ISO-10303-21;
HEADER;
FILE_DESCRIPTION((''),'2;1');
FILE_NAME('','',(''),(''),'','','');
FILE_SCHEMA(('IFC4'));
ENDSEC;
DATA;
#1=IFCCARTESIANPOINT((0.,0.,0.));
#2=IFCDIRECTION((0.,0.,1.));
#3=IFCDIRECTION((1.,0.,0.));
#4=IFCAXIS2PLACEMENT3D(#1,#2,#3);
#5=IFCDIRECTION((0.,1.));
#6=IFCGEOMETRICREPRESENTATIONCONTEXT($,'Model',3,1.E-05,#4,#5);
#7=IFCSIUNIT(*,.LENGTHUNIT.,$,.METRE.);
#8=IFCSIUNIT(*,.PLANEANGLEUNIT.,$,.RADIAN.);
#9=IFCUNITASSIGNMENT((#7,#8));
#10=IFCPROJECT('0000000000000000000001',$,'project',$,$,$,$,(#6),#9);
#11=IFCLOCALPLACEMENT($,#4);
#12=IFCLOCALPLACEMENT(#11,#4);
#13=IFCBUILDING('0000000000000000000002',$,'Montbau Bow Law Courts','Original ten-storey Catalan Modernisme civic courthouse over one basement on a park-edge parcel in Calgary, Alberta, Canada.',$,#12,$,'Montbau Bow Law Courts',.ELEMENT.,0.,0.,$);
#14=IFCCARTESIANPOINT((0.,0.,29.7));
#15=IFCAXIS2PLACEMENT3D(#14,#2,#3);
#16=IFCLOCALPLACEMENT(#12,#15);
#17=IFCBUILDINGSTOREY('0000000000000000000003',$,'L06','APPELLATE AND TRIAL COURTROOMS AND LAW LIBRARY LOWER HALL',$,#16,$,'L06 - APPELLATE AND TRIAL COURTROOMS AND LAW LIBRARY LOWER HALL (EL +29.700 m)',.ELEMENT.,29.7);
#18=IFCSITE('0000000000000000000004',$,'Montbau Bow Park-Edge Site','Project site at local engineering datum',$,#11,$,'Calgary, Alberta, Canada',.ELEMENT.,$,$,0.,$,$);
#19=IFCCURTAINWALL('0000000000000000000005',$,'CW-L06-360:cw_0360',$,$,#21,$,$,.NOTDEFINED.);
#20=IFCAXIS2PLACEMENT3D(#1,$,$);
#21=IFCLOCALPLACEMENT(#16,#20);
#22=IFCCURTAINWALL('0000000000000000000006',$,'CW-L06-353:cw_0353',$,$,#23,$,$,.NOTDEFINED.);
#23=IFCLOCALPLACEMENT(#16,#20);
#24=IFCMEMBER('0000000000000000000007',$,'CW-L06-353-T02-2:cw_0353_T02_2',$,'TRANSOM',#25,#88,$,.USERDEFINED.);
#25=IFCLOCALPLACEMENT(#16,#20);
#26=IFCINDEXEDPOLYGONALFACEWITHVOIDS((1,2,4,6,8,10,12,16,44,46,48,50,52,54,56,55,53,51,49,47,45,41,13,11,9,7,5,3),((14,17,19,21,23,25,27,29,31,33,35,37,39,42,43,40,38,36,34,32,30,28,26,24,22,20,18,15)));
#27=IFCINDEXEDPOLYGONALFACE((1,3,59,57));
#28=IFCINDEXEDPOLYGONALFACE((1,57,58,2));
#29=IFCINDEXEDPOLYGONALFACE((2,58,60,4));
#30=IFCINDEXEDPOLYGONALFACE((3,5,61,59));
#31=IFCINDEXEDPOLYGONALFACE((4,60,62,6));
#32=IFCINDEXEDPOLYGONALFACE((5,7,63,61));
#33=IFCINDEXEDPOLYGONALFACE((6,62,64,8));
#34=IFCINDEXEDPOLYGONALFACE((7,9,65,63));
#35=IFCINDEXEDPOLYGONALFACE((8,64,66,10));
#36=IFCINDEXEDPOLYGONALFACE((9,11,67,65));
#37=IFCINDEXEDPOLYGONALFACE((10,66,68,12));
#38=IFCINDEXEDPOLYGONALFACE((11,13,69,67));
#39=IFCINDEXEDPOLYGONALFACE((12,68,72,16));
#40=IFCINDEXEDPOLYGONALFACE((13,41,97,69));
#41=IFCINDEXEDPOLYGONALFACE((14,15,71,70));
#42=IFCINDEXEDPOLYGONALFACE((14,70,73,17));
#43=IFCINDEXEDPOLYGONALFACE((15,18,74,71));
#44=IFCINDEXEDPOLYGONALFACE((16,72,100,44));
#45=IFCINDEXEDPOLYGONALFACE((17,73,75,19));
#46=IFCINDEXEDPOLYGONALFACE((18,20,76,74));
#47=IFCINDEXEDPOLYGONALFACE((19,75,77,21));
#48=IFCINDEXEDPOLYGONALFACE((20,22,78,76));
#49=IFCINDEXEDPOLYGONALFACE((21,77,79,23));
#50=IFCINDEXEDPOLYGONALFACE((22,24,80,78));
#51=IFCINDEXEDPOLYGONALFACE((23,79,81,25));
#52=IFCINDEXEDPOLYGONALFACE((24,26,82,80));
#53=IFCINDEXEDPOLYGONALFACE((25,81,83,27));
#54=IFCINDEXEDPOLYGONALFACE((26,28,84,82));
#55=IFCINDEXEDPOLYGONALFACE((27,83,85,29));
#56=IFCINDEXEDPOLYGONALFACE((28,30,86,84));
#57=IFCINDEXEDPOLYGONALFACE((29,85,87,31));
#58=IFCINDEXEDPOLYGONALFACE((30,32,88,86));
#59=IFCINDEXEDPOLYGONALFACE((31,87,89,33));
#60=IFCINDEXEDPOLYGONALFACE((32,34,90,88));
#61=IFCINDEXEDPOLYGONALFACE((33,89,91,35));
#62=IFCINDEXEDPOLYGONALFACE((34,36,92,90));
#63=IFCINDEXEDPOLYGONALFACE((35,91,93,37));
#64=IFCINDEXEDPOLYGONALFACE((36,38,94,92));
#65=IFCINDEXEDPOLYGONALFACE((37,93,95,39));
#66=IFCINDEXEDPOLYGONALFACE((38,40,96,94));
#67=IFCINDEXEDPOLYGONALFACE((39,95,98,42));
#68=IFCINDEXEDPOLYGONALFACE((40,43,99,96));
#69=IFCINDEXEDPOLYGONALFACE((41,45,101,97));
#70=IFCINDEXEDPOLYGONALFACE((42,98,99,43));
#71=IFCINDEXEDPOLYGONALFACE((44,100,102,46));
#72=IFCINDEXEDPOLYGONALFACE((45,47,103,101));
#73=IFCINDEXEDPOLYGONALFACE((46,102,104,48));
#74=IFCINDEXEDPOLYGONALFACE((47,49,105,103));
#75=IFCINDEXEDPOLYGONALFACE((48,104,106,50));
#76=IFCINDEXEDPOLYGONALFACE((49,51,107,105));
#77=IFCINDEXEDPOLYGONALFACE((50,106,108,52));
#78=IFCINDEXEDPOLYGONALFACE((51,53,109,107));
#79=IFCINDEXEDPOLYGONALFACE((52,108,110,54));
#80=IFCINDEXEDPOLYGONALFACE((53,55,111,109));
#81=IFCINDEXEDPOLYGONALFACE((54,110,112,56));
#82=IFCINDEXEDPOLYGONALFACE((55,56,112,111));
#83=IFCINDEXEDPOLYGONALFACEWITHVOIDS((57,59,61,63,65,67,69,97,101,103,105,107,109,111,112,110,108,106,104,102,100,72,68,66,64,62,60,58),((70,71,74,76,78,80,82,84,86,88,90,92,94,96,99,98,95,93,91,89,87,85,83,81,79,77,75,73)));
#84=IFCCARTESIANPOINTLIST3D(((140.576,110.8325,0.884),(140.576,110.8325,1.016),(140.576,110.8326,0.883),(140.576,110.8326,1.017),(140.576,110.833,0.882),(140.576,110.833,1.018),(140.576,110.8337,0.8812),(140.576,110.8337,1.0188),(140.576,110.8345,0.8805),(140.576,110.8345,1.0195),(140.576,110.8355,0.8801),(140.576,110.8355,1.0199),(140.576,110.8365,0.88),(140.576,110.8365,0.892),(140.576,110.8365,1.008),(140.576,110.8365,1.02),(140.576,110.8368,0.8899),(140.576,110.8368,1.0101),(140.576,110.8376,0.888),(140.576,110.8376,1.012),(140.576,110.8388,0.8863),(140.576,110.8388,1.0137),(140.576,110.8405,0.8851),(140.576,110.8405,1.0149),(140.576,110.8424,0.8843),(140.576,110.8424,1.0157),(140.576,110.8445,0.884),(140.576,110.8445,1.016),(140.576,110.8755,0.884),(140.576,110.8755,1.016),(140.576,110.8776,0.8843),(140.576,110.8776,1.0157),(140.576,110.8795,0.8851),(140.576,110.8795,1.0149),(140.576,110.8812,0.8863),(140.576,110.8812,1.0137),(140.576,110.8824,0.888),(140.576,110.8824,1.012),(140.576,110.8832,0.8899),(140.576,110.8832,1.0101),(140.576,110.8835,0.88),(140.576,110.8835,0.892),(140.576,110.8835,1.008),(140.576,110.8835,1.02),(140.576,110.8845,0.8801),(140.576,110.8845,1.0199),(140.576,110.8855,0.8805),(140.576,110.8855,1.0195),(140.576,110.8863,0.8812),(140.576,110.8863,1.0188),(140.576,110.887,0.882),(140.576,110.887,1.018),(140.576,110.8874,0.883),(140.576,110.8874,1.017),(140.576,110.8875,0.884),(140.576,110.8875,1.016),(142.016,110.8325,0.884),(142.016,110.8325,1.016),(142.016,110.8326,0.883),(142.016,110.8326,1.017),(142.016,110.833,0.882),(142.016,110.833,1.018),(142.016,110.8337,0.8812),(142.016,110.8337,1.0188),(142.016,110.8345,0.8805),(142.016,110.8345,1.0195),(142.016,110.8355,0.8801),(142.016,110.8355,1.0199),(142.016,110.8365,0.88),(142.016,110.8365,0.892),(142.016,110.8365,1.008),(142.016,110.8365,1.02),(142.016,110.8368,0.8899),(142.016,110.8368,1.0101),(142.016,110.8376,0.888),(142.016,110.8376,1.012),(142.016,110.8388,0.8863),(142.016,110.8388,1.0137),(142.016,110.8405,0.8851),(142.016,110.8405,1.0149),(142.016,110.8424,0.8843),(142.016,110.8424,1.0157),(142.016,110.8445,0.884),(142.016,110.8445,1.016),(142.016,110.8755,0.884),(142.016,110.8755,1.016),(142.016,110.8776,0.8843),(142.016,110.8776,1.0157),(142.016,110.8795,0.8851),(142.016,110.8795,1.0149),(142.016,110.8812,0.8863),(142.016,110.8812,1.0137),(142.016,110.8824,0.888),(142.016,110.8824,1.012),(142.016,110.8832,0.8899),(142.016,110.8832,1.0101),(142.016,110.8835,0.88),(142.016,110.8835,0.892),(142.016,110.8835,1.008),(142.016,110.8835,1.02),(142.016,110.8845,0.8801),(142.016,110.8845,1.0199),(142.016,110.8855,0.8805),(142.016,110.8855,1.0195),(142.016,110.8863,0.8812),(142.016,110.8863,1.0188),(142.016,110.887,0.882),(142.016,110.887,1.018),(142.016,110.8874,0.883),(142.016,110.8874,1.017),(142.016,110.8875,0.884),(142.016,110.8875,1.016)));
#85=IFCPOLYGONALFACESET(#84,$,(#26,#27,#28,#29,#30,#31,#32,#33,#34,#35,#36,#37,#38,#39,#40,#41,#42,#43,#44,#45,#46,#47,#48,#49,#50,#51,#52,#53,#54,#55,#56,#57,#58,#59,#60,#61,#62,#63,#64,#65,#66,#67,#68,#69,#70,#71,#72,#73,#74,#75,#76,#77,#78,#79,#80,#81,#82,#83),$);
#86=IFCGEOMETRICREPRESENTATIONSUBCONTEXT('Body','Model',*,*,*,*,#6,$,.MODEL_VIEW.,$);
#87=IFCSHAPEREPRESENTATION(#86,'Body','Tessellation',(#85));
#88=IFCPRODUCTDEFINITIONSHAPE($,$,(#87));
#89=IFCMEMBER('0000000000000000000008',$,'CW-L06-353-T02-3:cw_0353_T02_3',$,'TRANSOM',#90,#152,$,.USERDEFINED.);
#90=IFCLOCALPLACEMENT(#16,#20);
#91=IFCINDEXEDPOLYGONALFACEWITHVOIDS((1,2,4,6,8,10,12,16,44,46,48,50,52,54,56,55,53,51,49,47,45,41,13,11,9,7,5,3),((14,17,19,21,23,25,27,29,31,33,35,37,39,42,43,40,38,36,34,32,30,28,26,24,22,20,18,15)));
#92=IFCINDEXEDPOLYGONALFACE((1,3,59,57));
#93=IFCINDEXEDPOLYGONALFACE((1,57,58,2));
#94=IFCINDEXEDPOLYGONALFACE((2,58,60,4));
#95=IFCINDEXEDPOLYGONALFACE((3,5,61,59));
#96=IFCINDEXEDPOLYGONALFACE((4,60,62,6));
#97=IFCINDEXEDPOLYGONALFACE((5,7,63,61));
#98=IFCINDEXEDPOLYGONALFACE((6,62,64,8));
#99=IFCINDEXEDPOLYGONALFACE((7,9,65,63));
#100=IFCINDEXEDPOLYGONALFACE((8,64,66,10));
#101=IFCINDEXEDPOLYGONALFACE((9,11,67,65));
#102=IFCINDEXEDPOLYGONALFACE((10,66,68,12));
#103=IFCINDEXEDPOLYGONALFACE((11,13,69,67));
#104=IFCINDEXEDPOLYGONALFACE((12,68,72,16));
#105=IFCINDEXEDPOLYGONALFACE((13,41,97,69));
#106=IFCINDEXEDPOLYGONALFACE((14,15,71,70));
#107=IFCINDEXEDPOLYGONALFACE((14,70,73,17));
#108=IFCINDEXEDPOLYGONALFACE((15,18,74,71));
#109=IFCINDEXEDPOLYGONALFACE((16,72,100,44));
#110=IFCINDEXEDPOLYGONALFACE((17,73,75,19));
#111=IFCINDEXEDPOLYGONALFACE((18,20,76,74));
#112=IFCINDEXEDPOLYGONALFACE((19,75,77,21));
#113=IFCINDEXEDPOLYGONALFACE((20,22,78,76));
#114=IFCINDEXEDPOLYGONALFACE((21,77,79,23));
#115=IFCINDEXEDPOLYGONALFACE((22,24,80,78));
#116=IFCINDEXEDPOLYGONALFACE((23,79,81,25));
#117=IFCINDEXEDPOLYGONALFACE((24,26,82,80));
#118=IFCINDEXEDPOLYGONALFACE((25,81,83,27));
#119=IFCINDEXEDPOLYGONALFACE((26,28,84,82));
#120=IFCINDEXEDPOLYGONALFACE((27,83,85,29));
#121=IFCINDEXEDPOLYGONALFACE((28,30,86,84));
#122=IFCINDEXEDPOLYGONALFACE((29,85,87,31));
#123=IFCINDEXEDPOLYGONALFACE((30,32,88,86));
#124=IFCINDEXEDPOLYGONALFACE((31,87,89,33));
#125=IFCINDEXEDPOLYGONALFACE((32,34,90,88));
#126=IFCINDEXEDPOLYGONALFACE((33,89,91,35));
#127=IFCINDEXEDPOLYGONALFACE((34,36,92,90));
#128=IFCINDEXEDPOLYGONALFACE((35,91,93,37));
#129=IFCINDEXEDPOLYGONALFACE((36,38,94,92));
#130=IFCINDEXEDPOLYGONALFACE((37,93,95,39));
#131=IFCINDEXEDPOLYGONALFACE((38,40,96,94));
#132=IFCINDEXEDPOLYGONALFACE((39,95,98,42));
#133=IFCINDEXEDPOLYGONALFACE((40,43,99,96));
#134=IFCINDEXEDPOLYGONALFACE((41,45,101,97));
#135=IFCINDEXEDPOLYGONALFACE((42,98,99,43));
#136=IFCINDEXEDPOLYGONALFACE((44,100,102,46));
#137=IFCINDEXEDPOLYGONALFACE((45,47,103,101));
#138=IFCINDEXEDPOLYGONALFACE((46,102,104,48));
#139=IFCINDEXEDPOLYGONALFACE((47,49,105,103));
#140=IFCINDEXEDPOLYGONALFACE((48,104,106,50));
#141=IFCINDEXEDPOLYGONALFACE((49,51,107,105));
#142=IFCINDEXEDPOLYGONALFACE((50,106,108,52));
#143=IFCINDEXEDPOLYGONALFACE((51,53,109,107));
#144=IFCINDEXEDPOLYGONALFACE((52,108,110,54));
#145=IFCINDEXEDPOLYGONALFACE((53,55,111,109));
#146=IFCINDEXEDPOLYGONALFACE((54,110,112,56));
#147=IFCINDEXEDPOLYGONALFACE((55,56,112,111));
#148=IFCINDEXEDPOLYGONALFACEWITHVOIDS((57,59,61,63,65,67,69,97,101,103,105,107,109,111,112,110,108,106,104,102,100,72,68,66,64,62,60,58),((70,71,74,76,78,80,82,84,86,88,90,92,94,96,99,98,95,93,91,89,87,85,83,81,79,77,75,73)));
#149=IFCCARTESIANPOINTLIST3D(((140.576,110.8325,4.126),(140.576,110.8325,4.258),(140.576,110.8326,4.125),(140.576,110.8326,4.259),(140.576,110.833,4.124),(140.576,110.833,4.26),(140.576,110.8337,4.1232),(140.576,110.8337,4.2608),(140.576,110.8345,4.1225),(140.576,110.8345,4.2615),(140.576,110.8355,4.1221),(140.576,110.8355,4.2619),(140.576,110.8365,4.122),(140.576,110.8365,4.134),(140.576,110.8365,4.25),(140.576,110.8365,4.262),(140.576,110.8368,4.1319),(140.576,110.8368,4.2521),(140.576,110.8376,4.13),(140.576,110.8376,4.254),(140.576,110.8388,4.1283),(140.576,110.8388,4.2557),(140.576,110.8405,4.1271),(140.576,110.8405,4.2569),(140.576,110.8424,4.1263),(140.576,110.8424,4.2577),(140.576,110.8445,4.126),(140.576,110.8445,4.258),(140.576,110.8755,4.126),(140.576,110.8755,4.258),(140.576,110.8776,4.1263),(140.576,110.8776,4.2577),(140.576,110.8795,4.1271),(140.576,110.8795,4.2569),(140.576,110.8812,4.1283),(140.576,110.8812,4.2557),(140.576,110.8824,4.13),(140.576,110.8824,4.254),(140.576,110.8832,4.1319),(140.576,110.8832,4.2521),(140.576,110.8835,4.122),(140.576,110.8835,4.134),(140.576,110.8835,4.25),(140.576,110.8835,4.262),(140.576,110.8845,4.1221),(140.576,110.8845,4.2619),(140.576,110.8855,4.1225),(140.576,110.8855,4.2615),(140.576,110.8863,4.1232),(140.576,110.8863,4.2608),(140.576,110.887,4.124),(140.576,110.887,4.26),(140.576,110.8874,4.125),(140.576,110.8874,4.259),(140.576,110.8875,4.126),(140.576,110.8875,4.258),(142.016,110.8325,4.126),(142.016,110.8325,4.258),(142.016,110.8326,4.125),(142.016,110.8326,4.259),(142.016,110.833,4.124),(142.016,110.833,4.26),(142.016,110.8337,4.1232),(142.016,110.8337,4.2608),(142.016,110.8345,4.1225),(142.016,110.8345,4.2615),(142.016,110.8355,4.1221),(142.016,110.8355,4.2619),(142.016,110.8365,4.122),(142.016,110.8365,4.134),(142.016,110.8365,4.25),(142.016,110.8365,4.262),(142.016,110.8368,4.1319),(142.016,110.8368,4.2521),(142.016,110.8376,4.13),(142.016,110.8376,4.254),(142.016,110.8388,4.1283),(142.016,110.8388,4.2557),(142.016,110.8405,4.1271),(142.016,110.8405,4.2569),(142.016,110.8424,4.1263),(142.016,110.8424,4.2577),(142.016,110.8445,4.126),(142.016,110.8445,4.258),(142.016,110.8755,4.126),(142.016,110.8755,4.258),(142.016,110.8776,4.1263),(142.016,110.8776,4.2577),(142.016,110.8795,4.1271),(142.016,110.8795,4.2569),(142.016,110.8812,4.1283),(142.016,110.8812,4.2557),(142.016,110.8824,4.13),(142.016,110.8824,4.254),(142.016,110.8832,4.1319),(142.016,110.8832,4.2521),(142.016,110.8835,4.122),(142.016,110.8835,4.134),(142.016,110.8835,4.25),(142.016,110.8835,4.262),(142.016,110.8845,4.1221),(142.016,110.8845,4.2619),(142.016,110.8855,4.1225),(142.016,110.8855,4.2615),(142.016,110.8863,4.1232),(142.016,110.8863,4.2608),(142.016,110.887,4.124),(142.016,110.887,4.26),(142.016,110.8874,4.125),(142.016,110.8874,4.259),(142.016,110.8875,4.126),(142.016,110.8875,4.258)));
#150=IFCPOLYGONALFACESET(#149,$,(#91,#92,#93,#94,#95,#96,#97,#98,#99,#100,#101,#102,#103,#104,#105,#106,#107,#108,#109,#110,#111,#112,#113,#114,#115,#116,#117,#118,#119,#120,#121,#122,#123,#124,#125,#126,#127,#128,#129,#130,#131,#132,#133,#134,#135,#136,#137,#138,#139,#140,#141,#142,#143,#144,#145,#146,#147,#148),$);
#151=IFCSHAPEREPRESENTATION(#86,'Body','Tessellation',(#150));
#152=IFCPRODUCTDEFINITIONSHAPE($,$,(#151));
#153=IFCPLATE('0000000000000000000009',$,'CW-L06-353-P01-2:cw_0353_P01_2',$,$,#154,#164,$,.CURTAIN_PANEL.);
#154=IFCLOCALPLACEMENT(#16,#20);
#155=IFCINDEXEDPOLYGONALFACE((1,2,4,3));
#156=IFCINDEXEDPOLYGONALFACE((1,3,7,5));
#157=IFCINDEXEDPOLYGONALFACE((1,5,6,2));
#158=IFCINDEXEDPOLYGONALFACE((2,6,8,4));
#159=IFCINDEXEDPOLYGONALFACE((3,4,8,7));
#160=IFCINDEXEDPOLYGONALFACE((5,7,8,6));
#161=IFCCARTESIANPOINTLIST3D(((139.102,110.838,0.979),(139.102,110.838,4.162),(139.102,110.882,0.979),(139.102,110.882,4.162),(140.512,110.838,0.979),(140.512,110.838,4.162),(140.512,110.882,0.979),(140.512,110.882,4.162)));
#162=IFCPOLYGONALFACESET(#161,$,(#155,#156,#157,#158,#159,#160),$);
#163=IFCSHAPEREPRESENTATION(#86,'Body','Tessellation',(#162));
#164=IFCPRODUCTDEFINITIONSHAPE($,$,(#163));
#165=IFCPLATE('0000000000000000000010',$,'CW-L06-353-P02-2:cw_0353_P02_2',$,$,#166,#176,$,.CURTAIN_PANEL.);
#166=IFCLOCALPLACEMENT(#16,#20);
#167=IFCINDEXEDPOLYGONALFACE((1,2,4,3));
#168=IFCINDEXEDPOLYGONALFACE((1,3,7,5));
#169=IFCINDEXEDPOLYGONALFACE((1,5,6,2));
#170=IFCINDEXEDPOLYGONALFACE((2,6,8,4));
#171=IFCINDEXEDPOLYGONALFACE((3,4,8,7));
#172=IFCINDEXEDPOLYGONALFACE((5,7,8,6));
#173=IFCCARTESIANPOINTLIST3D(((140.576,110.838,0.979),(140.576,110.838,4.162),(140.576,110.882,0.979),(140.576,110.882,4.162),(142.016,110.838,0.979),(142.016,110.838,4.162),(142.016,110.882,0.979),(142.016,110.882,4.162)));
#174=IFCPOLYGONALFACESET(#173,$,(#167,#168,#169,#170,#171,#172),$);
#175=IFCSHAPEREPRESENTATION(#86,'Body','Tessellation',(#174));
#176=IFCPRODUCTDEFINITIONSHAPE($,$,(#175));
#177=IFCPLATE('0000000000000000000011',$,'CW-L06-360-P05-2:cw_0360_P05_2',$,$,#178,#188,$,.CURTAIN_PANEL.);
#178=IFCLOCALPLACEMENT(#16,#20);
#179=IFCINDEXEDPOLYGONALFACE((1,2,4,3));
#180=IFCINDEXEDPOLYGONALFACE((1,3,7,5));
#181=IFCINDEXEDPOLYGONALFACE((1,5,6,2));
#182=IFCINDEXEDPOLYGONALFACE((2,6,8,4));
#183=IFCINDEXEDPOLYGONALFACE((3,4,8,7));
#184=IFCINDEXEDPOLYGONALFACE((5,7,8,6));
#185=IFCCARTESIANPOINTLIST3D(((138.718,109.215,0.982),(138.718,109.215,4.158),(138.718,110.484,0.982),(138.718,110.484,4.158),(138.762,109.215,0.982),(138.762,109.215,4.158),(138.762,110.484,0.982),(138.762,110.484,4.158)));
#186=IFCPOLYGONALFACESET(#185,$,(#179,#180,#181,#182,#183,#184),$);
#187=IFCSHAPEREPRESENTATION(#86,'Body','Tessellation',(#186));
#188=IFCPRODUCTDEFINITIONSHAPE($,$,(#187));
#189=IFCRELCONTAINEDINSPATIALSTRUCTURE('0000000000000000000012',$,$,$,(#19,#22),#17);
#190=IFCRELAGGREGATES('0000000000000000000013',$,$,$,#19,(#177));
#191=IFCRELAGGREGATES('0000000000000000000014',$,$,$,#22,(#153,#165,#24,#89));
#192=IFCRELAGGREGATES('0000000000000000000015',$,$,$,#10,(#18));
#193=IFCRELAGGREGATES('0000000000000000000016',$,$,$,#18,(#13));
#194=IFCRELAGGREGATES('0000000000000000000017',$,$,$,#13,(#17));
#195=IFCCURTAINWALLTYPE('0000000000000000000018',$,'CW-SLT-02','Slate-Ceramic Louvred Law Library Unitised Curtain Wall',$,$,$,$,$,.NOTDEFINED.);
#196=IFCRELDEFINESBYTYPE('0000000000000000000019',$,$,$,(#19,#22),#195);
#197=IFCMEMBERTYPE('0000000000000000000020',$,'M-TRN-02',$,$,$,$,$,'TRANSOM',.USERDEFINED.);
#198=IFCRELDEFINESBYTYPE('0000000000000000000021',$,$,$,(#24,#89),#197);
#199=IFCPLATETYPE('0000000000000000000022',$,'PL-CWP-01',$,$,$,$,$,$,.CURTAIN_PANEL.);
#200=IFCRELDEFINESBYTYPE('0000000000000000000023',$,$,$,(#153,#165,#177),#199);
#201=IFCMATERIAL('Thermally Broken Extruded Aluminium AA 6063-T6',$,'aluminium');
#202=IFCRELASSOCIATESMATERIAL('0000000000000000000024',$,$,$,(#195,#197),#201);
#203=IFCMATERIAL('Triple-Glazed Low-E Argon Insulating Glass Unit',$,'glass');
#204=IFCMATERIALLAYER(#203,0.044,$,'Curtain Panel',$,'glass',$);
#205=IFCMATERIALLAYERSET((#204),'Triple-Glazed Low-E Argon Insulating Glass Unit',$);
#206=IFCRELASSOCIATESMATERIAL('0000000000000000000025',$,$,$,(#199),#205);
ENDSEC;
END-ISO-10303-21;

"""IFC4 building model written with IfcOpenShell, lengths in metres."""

from ifc_helpers import new_model, si_unit, direction, frame, frame_2d, origin_with_axes, origin_2d_with_axis, place, context, subcontext, project, spatial, rectangle, hollow_rectangle, extrude, material, layer, layer_set, material_profile, profile_set, type_object, element, aggregate, save


model = new_model("IFC4")

# Units and contexts
model_context = context("Model", 3, precision=1e-05, world=origin_with_axes(), true_north=direction((0.0, 1.0)))
body_context = subcontext(model_context, "Body", "Model", "MODEL_VIEW")
ifc_project = project(units=[si_unit("LENGTHUNIT", "METRE"), si_unit("PLANEANGLEUNIT", "RADIAN")], contexts=[model_context])

# Site, building, storey
site_placement = place(None, origin_with_axes())
site = spatial("IfcSite", under=ifc_project, at=site_placement, Name="Montbau Bow Park-Edge Site", Description="Project site at local engineering datum", LongName="Calgary, Alberta, Canada", CompositionType="ELEMENT", RefElevation=0.0)
building_placement = place(site_placement, origin_with_axes())
building = spatial("IfcBuilding", under=site, at=building_placement, Name="Montbau Bow Law Courts", Description="Original ten-storey Catalan Modernisme civic courthouse over one basement on a park-edge parcel in Calgary, Alberta, Canada.", LongName="Montbau Bow Law Courts", CompositionType="ELEMENT", ElevationOfRefHeight=0.0, ElevationOfTerrain=0.0)
storey_placement = place(building_placement, frame((0.0, 0.0, 29.7), z_axis=(0.0, 0.0, 1.0), x_axis=(1.0, 0.0, 0.0)))
storey = spatial("IfcBuildingStorey", under=building, at=storey_placement, Name="L06", Description="APPELLATE AND TRIAL COURTROOMS AND LAW LIBRARY LOWER HALL", LongName="L06 - APPELLATE AND TRIAL COURTROOMS AND LAW LIBRARY LOWER HALL (EL +29.700 m)", CompositionType="ELEMENT", Elevation=29.7)

# Curtain wall
ifc_material_1 = material(Name="Thermally Broken Extruded Aluminium AA 6063-T6", Category="aluminium")
curtain_wall_type = type_object("IfcCurtainWallType", Name="CW-SLT-02", Description="Slate-Ceramic Louvred Law Library Unitised Curtain Wall", PredefinedType="NOTDEFINED", material=ifc_material_1)
curtain_wall_1_placement = place(None, frame((138.74, 103.64, 29.7), z_axis=(0.0, 0.0, 1.0), x_axis=(1.0, 0.0, 0.0)))
curtain_wall_1 = element("IfcCurtainWall", 1, at=curtain_wall_1_placement, inside=storey, type_object=curtain_wall_type, Name="CW-L06-360:cw_0360", PredefinedType="NOTDEFINED")

# Curtain wall
curtain_wall_2_placement = place(None, frame((139.04, 110.86, 29.7), z_axis=(0.0, 0.0, 1.0), x_axis=(1.0, 0.0, 0.0)))
curtain_wall_2 = element("IfcCurtainWall", 2, at=curtain_wall_2_placement, inside=storey, type_object=curtain_wall_type, Name="CW-L06-353:cw_0353", PredefinedType="NOTDEFINED")

# Members
ifc_material_profile_1 = material_profile(ifc_material_1, hollow_rectangle(XDim=0.055, YDim=0.14, WallThickness=0.004, InnerFilletRadius=0.008, OuterFilletRadius=0.004, at=origin_2d_with_axis()), Name="CWT-140X55", Category="Main", Priority=0)
ifc_profile_set_1 = profile_set([ifc_material_profile_1], Name="Thermally Broken Extruded Aluminium AA 6063-T6")
member_type_1 = type_object("IfcMemberType", Name="M-TRN-02", ElementType="TRANSOM", PredefinedType="USERDEFINED", material=ifc_profile_set_1)
member_1_placement = place(None, frame((140.576, 110.86, 30.65), z_axis=(1.0, 0.0, 0.0), x_axis=(0.0, 1.0, 0.0)))
member_1 = element("IfcMember", 3, at=member_1_placement, type_object=member_type_1, Name="CW-L06-353-T02-2:cw_0353_T02_2", ObjectType="TRANSOM", PredefinedType="USERDEFINED", context=body_context, shape_type="SweptSolid", body=[
    extrude(hollow_rectangle(XDim=0.055, YDim=0.14, WallThickness=0.004, InnerFilletRadius=0.008, OuterFilletRadius=0.004, at=origin_2d_with_axis()), origin_with_axes(), (0.0, 0.0, 1.0), 1.44),
])
member_2_placement = place(None, frame((140.576, 110.86, 33.892), z_axis=(1.0, 0.0, 0.0), x_axis=(0.0, 1.0, 0.0)))
member_2 = element("IfcMember", 4, at=member_2_placement, type_object=member_type_1, Name="CW-L06-353-T02-3:cw_0353_T02_3", ObjectType="TRANSOM", PredefinedType="USERDEFINED", context=body_context, shape_type="SweptSolid", body=[
    extrude(hollow_rectangle(XDim=0.055, YDim=0.14, WallThickness=0.004, InnerFilletRadius=0.008, OuterFilletRadius=0.004, at=origin_2d_with_axis()), origin_with_axes(), (0.0, 0.0, 1.0), 1.44),
])

# Plates
ifc_material_2 = material(Name="Triple-Glazed Low-E Argon Insulating Glass Unit", Category="glass")
ifc_layer_1 = layer(ifc_material_2, 0.044, Name="Curtain Panel", Category="glass")
ifc_layer_set_1 = layer_set([ifc_layer_1], Name="Triple-Glazed Low-E Argon Insulating Glass Unit")
plate_type_1 = type_object("IfcPlateType", Name="PL-CWP-01", PredefinedType="CURTAIN_PANEL", material=ifc_layer_set_1)
plate_1_placement = place(None, frame((139.102, 110.86, 30.679), z_axis=(0.0, -1.0, 0.0), x_axis=(1.0, 0.0, 0.0)))
plate_1 = element("IfcPlate", 5, at=plate_1_placement, type_object=plate_type_1, Name="CW-L06-353-P01-2:cw_0353_P01_2", PredefinedType="CURTAIN_PANEL", context=body_context, shape_type="SweptSolid", body=[
    extrude(rectangle(XDim=1.41, YDim=3.183, at=frame_2d((0.705, 1.5915), x_axis=(1.0, 0.0))), frame((0.0, 0.0, -0.022), z_axis=(0.0, 0.0, 1.0), x_axis=(1.0, 0.0, 0.0)), (0.0, 0.0, 1.0), 0.044),
])
plate_2_placement = place(None, frame((140.576, 110.86, 30.679), z_axis=(0.0, -1.0, 0.0), x_axis=(1.0, 0.0, 0.0)))
plate_2 = element("IfcPlate", 6, at=plate_2_placement, type_object=plate_type_1, Name="CW-L06-353-P02-2:cw_0353_P02_2", PredefinedType="CURTAIN_PANEL", context=body_context, shape_type="SweptSolid", body=[
    extrude(rectangle(XDim=1.44, YDim=3.183, at=frame_2d((0.72, 1.5915), x_axis=(1.0, 0.0))), frame((0.0, 0.0, -0.022), z_axis=(0.0, 0.0, 1.0), x_axis=(1.0, 0.0, 0.0)), (0.0, 0.0, 1.0), 0.044),
])
plate_3_placement = place(None, frame((138.74, 109.215, 30.682), z_axis=(1.0, 0.0, 0.0), x_axis=(0.0, 1.0, 0.0)))
plate_3 = element("IfcPlate", 7, at=plate_3_placement, type_object=plate_type_1, Name="CW-L06-360-P05-2:cw_0360_P05_2", PredefinedType="CURTAIN_PANEL", context=body_context, shape_type="SweptSolid", body=[
    extrude(rectangle(XDim=1.269, YDim=3.176, at=frame_2d((0.6345, 1.588), x_axis=(1.0, 0.0))), frame((0.0, 0.0, -0.022), z_axis=(0.0, 0.0, 1.0), x_axis=(1.0, 0.0, 0.0)), (0.0, 0.0, 1.0), 0.044),
])
aggregate(curtain_wall_1, [plate_3])
aggregate(curtain_wall_2, [plate_1, plate_2, member_1, member_2])

save(model, "model.ifc")
